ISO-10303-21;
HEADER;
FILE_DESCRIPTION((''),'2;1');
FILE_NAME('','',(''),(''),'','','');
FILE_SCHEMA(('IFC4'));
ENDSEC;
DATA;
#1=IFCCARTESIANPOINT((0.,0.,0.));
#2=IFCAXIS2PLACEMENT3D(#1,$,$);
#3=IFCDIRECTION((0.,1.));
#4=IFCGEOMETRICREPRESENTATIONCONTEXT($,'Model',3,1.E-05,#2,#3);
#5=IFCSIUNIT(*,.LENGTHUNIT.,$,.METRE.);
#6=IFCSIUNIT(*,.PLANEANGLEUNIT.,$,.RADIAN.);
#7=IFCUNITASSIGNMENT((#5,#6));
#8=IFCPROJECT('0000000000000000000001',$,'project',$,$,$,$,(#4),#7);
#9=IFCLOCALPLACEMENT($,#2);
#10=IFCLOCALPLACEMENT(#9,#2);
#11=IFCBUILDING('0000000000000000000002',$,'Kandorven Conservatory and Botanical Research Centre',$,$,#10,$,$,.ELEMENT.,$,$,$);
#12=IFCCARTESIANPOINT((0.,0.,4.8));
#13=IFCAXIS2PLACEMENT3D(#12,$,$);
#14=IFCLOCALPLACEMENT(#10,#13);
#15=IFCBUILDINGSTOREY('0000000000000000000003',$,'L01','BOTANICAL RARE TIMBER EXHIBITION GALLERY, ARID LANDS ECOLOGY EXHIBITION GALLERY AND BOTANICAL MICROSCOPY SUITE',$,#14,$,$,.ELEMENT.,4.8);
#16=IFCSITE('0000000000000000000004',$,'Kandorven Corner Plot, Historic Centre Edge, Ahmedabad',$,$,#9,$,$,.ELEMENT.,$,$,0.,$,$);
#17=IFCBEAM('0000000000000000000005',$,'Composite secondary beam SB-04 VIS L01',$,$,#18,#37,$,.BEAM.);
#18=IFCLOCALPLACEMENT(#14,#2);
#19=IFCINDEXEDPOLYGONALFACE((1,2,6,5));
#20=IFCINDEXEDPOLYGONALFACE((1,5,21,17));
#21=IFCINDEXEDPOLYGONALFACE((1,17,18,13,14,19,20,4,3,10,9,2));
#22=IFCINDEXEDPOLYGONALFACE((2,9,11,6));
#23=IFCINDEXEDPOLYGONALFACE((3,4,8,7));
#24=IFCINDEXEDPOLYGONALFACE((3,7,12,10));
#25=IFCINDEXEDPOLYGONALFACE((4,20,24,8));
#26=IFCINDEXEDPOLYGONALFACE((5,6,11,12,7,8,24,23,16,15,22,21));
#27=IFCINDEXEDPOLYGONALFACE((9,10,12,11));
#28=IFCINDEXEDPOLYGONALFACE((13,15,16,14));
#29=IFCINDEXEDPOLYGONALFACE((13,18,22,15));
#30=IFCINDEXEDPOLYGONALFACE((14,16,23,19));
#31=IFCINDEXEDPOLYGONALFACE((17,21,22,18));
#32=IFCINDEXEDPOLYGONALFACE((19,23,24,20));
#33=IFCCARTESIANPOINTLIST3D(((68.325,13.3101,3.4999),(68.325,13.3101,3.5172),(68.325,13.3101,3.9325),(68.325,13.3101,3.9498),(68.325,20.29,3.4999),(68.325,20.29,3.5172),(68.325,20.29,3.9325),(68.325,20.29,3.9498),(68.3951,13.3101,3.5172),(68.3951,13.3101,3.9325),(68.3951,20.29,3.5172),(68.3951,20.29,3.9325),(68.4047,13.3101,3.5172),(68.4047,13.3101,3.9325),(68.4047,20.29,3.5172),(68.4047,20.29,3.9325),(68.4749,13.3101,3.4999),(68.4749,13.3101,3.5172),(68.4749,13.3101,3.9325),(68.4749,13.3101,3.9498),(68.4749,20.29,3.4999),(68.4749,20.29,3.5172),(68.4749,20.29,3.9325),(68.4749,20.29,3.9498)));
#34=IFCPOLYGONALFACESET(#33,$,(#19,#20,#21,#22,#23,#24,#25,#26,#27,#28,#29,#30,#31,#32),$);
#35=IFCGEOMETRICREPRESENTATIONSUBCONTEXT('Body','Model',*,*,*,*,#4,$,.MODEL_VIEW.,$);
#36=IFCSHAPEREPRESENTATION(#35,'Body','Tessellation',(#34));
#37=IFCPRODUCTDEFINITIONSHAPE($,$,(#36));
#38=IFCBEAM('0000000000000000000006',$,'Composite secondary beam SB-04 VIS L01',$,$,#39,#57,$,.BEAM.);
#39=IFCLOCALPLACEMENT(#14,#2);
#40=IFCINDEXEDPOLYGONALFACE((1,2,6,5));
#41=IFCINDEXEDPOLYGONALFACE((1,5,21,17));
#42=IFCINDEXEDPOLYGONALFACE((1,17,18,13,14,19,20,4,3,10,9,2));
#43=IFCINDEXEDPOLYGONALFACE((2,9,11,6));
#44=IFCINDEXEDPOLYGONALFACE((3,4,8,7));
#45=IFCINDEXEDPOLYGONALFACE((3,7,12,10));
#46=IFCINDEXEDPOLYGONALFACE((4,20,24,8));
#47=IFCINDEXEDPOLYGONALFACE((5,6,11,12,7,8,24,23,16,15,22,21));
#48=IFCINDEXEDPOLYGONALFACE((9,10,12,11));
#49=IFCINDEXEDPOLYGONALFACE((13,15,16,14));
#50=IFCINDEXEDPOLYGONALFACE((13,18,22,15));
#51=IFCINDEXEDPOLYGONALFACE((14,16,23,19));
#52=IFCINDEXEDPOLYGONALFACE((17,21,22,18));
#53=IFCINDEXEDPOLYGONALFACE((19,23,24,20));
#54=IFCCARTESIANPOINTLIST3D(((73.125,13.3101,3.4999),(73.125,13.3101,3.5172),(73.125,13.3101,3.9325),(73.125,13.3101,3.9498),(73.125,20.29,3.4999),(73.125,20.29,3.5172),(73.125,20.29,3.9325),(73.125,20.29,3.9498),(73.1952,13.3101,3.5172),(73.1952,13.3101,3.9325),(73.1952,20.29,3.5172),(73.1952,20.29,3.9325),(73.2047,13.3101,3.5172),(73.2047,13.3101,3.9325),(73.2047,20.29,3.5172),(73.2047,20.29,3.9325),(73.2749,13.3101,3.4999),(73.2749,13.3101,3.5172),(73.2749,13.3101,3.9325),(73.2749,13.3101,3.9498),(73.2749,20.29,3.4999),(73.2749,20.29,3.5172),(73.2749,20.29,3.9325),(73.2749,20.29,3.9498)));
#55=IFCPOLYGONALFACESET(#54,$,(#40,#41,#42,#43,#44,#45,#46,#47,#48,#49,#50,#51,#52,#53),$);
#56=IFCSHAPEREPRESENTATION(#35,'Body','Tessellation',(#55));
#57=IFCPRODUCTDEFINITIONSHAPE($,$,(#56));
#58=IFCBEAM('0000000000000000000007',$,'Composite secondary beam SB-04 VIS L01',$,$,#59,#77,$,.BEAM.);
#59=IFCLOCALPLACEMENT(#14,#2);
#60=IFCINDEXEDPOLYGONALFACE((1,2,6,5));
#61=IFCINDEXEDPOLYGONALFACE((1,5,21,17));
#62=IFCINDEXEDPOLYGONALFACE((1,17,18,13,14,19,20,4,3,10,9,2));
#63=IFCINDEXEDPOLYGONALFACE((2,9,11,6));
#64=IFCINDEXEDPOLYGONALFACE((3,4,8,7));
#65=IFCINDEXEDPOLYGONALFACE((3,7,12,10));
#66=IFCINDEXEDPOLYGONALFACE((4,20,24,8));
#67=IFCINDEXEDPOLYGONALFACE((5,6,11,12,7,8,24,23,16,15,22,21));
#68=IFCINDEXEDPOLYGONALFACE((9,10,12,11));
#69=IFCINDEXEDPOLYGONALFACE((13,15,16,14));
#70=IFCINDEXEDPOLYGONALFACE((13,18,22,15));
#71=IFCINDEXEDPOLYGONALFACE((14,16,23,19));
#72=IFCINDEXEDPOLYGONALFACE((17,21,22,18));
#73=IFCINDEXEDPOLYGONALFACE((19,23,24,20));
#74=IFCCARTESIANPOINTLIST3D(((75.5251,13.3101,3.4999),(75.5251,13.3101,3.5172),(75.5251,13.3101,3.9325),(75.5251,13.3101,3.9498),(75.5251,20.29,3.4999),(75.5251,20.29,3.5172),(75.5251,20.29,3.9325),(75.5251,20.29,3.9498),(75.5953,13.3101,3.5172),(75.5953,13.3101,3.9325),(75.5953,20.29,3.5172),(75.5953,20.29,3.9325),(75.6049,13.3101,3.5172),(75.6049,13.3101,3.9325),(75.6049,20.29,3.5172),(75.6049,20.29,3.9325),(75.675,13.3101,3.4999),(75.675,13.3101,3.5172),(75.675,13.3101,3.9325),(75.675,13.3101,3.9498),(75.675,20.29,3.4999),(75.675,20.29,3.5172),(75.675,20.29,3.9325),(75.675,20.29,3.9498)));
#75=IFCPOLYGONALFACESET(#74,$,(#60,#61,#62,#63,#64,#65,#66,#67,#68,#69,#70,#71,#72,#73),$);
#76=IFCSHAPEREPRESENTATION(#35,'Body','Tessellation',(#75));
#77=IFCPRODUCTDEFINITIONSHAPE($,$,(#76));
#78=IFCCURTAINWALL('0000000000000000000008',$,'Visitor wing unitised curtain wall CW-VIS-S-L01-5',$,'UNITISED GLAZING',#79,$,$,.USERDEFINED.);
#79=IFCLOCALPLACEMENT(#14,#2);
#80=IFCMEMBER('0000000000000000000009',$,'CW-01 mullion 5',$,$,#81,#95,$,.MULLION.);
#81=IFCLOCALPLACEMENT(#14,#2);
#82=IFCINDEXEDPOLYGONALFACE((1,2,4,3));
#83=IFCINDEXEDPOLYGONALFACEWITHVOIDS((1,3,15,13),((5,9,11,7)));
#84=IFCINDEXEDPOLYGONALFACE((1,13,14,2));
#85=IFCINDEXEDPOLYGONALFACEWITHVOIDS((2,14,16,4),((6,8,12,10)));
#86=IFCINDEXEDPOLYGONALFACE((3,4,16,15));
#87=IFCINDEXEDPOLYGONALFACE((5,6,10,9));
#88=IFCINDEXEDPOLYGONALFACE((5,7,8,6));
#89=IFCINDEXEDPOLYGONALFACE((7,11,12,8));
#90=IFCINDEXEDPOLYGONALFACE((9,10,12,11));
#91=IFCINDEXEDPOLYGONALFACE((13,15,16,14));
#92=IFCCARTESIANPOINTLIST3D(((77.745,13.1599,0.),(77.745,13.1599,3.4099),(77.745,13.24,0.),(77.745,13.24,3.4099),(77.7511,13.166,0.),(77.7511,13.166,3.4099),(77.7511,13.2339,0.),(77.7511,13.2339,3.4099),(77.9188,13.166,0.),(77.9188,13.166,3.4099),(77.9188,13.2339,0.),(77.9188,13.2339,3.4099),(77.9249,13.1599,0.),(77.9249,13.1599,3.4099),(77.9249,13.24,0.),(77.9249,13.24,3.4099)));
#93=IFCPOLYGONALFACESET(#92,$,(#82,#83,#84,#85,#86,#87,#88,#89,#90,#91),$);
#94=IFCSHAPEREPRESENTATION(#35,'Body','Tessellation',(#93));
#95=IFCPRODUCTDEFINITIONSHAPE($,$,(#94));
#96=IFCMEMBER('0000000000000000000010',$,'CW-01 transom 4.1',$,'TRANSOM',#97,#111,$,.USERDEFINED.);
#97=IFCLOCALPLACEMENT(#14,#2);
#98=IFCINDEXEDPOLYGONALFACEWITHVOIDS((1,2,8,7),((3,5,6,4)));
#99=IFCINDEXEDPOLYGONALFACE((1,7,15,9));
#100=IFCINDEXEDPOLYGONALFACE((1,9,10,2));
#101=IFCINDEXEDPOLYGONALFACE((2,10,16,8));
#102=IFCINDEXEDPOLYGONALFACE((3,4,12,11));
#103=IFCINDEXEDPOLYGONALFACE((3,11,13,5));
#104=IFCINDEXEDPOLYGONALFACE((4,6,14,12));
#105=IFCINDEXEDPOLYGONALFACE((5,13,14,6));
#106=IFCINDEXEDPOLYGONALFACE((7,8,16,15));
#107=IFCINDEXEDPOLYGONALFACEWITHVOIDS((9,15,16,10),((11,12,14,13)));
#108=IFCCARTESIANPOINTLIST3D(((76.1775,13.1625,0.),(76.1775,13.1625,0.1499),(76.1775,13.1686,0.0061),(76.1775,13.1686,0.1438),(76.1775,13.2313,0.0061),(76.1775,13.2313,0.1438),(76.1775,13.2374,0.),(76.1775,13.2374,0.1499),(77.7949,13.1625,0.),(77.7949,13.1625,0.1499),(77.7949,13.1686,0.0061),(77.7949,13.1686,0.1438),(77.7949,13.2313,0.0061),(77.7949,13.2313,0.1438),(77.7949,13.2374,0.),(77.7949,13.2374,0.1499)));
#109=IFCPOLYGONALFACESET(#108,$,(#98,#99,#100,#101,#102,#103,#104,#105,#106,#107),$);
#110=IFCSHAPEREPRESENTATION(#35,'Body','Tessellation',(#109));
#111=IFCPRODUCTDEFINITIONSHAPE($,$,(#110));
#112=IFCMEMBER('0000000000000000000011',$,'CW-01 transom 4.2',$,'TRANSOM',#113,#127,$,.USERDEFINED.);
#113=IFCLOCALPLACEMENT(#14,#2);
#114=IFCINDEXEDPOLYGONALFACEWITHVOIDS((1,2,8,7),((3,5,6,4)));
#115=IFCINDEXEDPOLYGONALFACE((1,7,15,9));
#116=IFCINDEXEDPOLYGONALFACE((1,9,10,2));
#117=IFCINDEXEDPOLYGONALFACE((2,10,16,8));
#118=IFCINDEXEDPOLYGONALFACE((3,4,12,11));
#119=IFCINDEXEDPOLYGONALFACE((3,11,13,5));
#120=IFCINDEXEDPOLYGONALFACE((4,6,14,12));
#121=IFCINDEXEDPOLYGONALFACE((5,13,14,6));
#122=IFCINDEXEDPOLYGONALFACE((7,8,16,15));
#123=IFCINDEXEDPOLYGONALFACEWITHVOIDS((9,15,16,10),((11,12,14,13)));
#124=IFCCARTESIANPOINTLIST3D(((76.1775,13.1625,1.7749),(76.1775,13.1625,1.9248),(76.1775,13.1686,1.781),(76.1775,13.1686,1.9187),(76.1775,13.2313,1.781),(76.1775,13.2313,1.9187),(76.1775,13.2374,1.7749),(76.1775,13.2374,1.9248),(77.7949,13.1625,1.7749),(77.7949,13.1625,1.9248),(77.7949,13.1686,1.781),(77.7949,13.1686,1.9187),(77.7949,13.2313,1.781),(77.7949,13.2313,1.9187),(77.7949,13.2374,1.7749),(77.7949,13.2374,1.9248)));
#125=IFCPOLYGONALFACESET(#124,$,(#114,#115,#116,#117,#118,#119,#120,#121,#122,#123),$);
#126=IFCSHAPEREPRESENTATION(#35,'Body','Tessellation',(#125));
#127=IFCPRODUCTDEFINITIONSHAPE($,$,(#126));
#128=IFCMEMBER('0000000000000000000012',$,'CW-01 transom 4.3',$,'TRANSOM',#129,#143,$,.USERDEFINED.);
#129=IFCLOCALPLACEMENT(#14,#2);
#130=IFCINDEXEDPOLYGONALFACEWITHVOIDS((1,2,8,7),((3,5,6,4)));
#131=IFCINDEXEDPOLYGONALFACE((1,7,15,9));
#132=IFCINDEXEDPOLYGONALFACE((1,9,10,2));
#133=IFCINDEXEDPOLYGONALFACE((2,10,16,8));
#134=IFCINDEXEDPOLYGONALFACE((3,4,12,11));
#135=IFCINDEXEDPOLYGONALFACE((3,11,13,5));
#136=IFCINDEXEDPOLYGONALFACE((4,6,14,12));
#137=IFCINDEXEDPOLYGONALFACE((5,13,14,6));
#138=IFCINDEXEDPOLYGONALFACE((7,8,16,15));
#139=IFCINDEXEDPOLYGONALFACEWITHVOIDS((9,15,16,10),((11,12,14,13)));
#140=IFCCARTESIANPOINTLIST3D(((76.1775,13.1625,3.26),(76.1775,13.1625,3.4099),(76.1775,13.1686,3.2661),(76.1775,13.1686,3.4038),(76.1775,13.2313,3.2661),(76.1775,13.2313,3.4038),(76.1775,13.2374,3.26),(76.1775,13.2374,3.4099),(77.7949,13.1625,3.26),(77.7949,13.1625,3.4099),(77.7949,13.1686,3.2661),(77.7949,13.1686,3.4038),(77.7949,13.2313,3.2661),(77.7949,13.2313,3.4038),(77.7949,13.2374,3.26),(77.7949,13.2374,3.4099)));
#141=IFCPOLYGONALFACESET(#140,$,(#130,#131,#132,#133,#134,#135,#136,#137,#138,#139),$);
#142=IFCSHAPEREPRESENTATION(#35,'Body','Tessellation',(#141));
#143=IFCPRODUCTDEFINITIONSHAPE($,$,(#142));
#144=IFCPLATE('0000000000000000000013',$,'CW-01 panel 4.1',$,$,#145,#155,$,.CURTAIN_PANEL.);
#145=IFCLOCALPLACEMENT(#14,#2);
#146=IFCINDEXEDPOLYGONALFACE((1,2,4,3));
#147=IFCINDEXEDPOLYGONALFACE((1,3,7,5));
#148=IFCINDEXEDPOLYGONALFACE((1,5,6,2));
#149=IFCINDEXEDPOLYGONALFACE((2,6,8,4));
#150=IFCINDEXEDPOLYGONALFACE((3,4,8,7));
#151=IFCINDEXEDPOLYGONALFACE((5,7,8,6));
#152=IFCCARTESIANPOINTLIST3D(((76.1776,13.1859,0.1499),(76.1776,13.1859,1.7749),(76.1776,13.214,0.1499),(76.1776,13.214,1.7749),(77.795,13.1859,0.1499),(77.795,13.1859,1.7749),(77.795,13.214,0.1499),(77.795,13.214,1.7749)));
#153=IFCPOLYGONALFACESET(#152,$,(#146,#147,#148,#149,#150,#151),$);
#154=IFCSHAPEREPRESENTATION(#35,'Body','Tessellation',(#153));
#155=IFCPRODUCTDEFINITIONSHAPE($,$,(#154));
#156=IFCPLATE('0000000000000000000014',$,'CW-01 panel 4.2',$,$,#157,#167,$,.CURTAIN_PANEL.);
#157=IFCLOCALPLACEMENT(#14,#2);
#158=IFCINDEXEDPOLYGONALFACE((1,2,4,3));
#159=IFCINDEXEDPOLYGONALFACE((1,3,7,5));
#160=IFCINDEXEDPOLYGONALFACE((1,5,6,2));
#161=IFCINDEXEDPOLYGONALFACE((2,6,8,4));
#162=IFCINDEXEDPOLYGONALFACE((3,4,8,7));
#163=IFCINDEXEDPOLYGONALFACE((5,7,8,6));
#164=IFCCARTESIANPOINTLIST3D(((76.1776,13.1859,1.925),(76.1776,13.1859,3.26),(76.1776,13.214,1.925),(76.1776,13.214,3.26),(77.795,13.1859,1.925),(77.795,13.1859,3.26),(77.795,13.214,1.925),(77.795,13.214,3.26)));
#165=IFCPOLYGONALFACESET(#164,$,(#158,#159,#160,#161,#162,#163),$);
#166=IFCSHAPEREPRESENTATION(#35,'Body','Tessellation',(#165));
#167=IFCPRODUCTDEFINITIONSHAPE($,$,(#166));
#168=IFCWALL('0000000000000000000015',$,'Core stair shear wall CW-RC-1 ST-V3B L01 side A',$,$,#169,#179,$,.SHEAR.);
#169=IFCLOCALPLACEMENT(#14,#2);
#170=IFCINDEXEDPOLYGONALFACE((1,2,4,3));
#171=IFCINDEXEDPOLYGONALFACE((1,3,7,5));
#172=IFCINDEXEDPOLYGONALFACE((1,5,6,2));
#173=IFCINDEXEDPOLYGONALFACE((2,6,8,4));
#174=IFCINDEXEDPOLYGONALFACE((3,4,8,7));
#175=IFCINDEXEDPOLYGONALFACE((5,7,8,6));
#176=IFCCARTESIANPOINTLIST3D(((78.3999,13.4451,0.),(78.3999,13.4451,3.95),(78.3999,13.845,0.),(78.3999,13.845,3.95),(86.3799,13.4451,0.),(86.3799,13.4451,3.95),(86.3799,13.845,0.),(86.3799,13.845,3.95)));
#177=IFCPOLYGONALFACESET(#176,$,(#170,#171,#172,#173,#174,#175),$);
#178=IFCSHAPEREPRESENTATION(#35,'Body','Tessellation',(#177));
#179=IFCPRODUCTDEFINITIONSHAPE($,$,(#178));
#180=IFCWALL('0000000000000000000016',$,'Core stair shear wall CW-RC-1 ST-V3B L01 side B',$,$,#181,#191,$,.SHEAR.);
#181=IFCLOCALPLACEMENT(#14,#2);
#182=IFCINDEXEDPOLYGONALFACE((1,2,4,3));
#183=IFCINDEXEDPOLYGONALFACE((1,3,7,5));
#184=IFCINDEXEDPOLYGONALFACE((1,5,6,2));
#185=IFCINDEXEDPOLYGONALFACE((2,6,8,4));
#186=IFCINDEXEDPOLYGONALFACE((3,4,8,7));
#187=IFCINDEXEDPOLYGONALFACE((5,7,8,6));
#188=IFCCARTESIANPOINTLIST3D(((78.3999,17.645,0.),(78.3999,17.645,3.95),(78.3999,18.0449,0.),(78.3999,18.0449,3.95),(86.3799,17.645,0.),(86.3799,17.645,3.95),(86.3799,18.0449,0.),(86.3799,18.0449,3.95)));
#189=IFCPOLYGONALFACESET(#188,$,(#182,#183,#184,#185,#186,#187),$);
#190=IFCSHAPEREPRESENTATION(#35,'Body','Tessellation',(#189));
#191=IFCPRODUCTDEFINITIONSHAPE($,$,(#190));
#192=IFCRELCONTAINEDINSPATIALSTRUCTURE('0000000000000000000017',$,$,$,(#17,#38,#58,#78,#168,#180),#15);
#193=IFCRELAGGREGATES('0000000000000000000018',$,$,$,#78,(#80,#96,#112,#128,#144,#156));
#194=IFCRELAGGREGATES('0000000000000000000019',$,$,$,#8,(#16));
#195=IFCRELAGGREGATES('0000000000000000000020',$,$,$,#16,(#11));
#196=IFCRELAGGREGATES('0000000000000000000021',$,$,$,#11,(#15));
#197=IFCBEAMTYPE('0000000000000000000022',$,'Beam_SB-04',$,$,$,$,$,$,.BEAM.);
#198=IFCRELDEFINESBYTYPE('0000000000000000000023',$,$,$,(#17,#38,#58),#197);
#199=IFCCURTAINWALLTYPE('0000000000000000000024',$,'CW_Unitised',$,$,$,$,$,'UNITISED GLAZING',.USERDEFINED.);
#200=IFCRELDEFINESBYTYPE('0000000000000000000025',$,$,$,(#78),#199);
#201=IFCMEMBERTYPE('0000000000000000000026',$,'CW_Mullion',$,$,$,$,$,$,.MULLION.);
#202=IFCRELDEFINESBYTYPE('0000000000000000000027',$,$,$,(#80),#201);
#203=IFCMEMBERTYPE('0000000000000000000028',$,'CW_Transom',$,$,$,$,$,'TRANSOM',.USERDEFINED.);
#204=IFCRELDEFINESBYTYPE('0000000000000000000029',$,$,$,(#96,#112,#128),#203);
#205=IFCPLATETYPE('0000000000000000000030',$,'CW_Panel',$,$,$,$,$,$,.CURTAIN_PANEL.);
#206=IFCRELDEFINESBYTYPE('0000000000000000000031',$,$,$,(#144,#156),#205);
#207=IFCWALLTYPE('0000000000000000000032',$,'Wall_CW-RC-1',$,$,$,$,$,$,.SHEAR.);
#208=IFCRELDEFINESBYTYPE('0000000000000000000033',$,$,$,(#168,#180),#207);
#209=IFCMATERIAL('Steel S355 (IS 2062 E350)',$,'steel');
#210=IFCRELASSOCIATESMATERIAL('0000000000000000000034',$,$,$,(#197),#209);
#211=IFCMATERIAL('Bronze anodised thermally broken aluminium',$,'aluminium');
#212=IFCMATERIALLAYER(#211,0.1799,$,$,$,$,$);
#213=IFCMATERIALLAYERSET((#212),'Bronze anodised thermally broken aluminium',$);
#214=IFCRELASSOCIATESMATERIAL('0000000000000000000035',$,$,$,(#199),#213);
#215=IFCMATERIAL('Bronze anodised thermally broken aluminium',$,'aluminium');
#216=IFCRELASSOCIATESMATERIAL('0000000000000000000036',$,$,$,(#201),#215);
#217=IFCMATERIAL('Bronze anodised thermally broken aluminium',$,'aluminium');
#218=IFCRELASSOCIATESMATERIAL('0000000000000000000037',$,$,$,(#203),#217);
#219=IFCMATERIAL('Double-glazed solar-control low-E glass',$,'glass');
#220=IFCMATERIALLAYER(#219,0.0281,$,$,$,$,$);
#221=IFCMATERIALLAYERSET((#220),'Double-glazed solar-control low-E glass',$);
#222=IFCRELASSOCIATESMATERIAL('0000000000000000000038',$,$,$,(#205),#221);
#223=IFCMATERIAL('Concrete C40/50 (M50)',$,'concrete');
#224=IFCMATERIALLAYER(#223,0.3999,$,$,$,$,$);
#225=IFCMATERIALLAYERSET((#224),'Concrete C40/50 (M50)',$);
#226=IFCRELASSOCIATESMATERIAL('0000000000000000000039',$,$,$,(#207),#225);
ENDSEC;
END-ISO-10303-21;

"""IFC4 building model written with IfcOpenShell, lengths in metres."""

from ifc_helpers import new_model, si_unit, direction, frame, frame_2d, origin, origin_2d, place, context, subcontext, project, spatial, rectangle, hollow_rectangle, i_section, extrude, material, layer, layer_set, material_profile, profile_set, type_object, element, aggregate, save


model = new_model("IFC4")

# Units and contexts
model_context = context("Model", 3, precision=1e-05, world=origin(), true_north=direction((0.0, 1.0)))
body_context = subcontext(model_context, "Body", "Model", "MODEL_VIEW")
ifc_project = project(units=[si_unit("LENGTHUNIT", "METRE"), si_unit("PLANEANGLEUNIT", "RADIAN")], contexts=[model_context])

# Site, building, storey
site_placement = place(None, origin())
site = spatial("IfcSite", under=ifc_project, at=site_placement, Name="Kandorven Corner Plot, Historic Centre Edge, Ahmedabad", CompositionType="ELEMENT", RefElevation=0.0)
building_placement = place(site_placement, origin())
building = spatial("IfcBuilding", under=site, at=building_placement, Name="Kandorven Conservatory and Botanical Research Centre", CompositionType="ELEMENT")
storey_placement = place(building_placement, frame((0.0, 0.0, 4.8)))
storey = spatial("IfcBuildingStorey", under=building, at=storey_placement, Name="L01", Description="BOTANICAL RARE TIMBER EXHIBITION GALLERY, ARID LANDS ECOLOGY EXHIBITION GALLERY AND BOTANICAL MICROSCOPY SUITE", CompositionType="ELEMENT", Elevation=4.8)

# Beams
ifc_material_1 = material(Name="Steel S355 (IS 2062 E350)", Category="steel")
ifc_material_profile_1 = material_profile(ifc_material_1, i_section(OverallWidth=0.1499, OverallDepth=0.45, WebThickness=0.0095, FlangeThickness=0.0173, at=origin_2d()))
ifc_profile_set_1 = profile_set([ifc_material_profile_1], Name="Steel S355 (IS 2062 E350)")
beam_type_1 = type_object("IfcBeamType", Name="Beam_SB-04", PredefinedType="BEAM", material=ifc_profile_set_1)
for number, where, z_axis, x_axis, name in (
    (1, (68.3999, 13.3101, 3.7249), (0.0, 1.0, 0.0), (-1.0, 0.0, 0.0), "Composite secondary beam SB-04 VIS L01"),
    (2, (73.2, 13.3101, 3.7249), (0.0, 1.0, 0.0), (-1.0, 0.0, 0.0), "Composite secondary beam SB-04 VIS L01"),
    (3, (75.6001, 13.3101, 3.7249), (0.0, 1.0, 0.0), (-1.0, 0.0, 0.0), "Composite secondary beam SB-04 VIS L01"),
):
    element("IfcBeam", number, at=place(storey_placement, frame(where, z_axis=z_axis, x_axis=x_axis)), inside=storey, type_object=beam_type_1, Name=name, PredefinedType="BEAM", context=body_context, shape_type="SweptSolid", body=[
        extrude(i_section(OverallWidth=0.1499, OverallDepth=0.45, WebThickness=0.0095, FlangeThickness=0.0173, at=origin_2d()), origin(), (0.0, 0.0, 1.0), 6.98),
    ])

# Curtain wall, members, plates
ifc_material_2 = material(Name="Bronze anodised thermally broken aluminium", Category="aluminium")
ifc_layer_1 = layer(ifc_material_2, 0.1799)
ifc_layer_set_1 = layer_set([ifc_layer_1], Name="Bronze anodised thermally broken aluminium")
curtain_wall_type = type_object("IfcCurtainWallType", Name="CW_Unitised", ElementType="UNITISED GLAZING", PredefinedType="USERDEFINED", material=ifc_layer_set_1)
curtain_wall_placement = place(storey_placement, origin())
curtain_wall = element("IfcCurtainWall", 4, at=curtain_wall_placement, inside=storey, type_object=curtain_wall_type, Name="Visitor wing unitised curtain wall CW-VIS-S-L01-5", ObjectType="UNITISED GLAZING", PredefinedType="USERDEFINED")
ifc_material_3 = material(Name="Bronze anodised thermally broken aluminium", Category="aluminium")
ifc_material_profile_2 = material_profile(ifc_material_3, hollow_rectangle(XDim=0.0801, YDim=0.1799, WallThickness=0.0061, at=origin_2d()))
ifc_profile_set_2 = profile_set([ifc_material_profile_2], Name="Bronze anodised thermally broken aluminium")
member_type_1 = type_object("IfcMemberType", Name="CW_Mullion", PredefinedType="MULLION", material=ifc_profile_set_2)
member_1_placement = place(storey_placement, frame((77.835, 13.2, 0.0), z_axis=(0.0, 0.0, 1.0), x_axis=(0.0, 1.0, 0.0)))
member_1 = element("IfcMember", 5, at=member_1_placement, type_object=member_type_1, Name="CW-01 mullion 5", PredefinedType="MULLION", context=body_context, shape_type="SweptSolid", body=[
    extrude(hollow_rectangle(XDim=0.0801, YDim=0.1799, WallThickness=0.0061, at=origin_2d()), origin(), (0.0, 0.0, 1.0), 3.4099),
])
ifc_material_4 = material(Name="Bronze anodised thermally broken aluminium", Category="aluminium")
ifc_material_profile_3 = material_profile(ifc_material_4, hollow_rectangle(XDim=0.075, YDim=0.1499, WallThickness=0.0061, at=origin_2d()))
ifc_profile_set_3 = profile_set([ifc_material_profile_3], Name="Bronze anodised thermally broken aluminium")
member_type_2 = type_object("IfcMemberType", Name="CW_Transom", ElementType="TRANSOM", PredefinedType="USERDEFINED", material=ifc_profile_set_3)
member_2_placement = place(storey_placement, frame((76.1775, 13.2, 0.075), z_axis=(1.0, 0.0, 0.0), x_axis=(0.0, 1.0, 0.0)))
member_2 = element("IfcMember", 6, at=member_2_placement, type_object=member_type_2, Name="CW-01 transom 4.1", ObjectType="TRANSOM", PredefinedType="USERDEFINED", context=body_context, shape_type="SweptSolid", body=[
    extrude(hollow_rectangle(XDim=0.075, YDim=0.1499, WallThickness=0.0061, at=origin_2d()), origin(), (0.0, 0.0, 1.0), 1.6174),
])
member_3_placement = place(storey_placement, frame((76.1775, 13.2, 1.8499), z_axis=(1.0, 0.0, 0.0), x_axis=(0.0, 1.0, 0.0)))
member_3 = element("IfcMember", 7, at=member_3_placement, type_object=member_type_2, Name="CW-01 transom 4.2", ObjectType="TRANSOM", PredefinedType="USERDEFINED", context=body_context, shape_type="SweptSolid", body=[
    extrude(hollow_rectangle(XDim=0.075, YDim=0.1499, WallThickness=0.0061, at=origin_2d()), origin(), (0.0, 0.0, 1.0), 1.6174),
])
member_4_placement = place(storey_placement, frame((76.1775, 13.2, 3.335), z_axis=(1.0, 0.0, 0.0), x_axis=(0.0, 1.0, 0.0)))
member_4 = element("IfcMember", 8, at=member_4_placement, type_object=member_type_2, Name="CW-01 transom 4.3", ObjectType="TRANSOM", PredefinedType="USERDEFINED", context=body_context, shape_type="SweptSolid", body=[
    extrude(hollow_rectangle(XDim=0.075, YDim=0.1499, WallThickness=0.0061, at=origin_2d()), origin(), (0.0, 0.0, 1.0), 1.6174),
])
ifc_material_5 = material(Name="Double-glazed solar-control low-E glass", Category="glass")
ifc_layer_2 = layer(ifc_material_5, 0.0281)
ifc_layer_set_2 = layer_set([ifc_layer_2], Name="Double-glazed solar-control low-E glass")
plate_type = type_object("IfcPlateType", Name="CW_Panel", PredefinedType="CURTAIN_PANEL", material=ifc_layer_set_2)
plate_1_placement = place(storey_placement, frame((76.9863, 13.2, 0.1499), z_axis=(0.0, 0.0, 1.0), x_axis=(1.0, 0.0, 0.0)))
plate_1 = element("IfcPlate", 9, at=plate_1_placement, type_object=plate_type, Name="CW-01 panel 4.1", PredefinedType="CURTAIN_PANEL", context=body_context, shape_type="SweptSolid", body=[
    extrude(rectangle(XDim=1.6174, YDim=0.0281, at=origin_2d()), origin(), (0.0, 0.0, 1.0), 1.625),
])
plate_2_placement = place(storey_placement, frame((76.9863, 13.2, 1.925), z_axis=(0.0, 0.0, 1.0), x_axis=(1.0, 0.0, 0.0)))
plate_2 = element("IfcPlate", 10, at=plate_2_placement, type_object=plate_type, Name="CW-01 panel 4.2", PredefinedType="CURTAIN_PANEL", context=body_context, shape_type="SweptSolid", body=[
    extrude(rectangle(XDim=1.6174, YDim=0.0281, at=origin_2d()), origin(), (0.0, 0.0, 1.0), 1.335),
])
aggregate(curtain_wall, [member_1, member_2, member_3, member_4, plate_1, plate_2])

# Walls
ifc_material_6 = material(Name="Concrete C40/50 (M50)", Category="concrete")
ifc_layer_3 = layer(ifc_material_6, 0.3999)
ifc_layer_set_3 = layer_set([ifc_layer_3], Name="Concrete C40/50 (M50)")
wall_type_1 = type_object("IfcWallType", Name="Wall_CW-RC-1", PredefinedType="SHEAR", material=ifc_layer_set_3)
for number, where, z_axis, x_axis, name in (
    (11, (78.3999, 13.645, 0.0), (0.0, 0.0, 1.0), (1.0, 0.0, 0.0), "Core stair shear wall CW-RC-1 ST-V3B L01 side A"),
    (12, (78.3999, 17.845, 0.0), (0.0, 0.0, 1.0), (1.0, 0.0, 0.0), "Core stair shear wall CW-RC-1 ST-V3B L01 side B"),
):
    element("IfcWall", number, at=place(storey_placement, frame(where, z_axis=z_axis, x_axis=x_axis)), inside=storey, type_object=wall_type_1, Name=name, PredefinedType="SHEAR", context=body_context, shape_type="SweptSolid", body=[
        extrude(rectangle(XDim=7.98, YDim=0.3999, at=frame_2d((3.99, 0.0))), origin(), (0.0, 0.0, 1.0), 3.95),
    ])

save(model, "model.ifc")
